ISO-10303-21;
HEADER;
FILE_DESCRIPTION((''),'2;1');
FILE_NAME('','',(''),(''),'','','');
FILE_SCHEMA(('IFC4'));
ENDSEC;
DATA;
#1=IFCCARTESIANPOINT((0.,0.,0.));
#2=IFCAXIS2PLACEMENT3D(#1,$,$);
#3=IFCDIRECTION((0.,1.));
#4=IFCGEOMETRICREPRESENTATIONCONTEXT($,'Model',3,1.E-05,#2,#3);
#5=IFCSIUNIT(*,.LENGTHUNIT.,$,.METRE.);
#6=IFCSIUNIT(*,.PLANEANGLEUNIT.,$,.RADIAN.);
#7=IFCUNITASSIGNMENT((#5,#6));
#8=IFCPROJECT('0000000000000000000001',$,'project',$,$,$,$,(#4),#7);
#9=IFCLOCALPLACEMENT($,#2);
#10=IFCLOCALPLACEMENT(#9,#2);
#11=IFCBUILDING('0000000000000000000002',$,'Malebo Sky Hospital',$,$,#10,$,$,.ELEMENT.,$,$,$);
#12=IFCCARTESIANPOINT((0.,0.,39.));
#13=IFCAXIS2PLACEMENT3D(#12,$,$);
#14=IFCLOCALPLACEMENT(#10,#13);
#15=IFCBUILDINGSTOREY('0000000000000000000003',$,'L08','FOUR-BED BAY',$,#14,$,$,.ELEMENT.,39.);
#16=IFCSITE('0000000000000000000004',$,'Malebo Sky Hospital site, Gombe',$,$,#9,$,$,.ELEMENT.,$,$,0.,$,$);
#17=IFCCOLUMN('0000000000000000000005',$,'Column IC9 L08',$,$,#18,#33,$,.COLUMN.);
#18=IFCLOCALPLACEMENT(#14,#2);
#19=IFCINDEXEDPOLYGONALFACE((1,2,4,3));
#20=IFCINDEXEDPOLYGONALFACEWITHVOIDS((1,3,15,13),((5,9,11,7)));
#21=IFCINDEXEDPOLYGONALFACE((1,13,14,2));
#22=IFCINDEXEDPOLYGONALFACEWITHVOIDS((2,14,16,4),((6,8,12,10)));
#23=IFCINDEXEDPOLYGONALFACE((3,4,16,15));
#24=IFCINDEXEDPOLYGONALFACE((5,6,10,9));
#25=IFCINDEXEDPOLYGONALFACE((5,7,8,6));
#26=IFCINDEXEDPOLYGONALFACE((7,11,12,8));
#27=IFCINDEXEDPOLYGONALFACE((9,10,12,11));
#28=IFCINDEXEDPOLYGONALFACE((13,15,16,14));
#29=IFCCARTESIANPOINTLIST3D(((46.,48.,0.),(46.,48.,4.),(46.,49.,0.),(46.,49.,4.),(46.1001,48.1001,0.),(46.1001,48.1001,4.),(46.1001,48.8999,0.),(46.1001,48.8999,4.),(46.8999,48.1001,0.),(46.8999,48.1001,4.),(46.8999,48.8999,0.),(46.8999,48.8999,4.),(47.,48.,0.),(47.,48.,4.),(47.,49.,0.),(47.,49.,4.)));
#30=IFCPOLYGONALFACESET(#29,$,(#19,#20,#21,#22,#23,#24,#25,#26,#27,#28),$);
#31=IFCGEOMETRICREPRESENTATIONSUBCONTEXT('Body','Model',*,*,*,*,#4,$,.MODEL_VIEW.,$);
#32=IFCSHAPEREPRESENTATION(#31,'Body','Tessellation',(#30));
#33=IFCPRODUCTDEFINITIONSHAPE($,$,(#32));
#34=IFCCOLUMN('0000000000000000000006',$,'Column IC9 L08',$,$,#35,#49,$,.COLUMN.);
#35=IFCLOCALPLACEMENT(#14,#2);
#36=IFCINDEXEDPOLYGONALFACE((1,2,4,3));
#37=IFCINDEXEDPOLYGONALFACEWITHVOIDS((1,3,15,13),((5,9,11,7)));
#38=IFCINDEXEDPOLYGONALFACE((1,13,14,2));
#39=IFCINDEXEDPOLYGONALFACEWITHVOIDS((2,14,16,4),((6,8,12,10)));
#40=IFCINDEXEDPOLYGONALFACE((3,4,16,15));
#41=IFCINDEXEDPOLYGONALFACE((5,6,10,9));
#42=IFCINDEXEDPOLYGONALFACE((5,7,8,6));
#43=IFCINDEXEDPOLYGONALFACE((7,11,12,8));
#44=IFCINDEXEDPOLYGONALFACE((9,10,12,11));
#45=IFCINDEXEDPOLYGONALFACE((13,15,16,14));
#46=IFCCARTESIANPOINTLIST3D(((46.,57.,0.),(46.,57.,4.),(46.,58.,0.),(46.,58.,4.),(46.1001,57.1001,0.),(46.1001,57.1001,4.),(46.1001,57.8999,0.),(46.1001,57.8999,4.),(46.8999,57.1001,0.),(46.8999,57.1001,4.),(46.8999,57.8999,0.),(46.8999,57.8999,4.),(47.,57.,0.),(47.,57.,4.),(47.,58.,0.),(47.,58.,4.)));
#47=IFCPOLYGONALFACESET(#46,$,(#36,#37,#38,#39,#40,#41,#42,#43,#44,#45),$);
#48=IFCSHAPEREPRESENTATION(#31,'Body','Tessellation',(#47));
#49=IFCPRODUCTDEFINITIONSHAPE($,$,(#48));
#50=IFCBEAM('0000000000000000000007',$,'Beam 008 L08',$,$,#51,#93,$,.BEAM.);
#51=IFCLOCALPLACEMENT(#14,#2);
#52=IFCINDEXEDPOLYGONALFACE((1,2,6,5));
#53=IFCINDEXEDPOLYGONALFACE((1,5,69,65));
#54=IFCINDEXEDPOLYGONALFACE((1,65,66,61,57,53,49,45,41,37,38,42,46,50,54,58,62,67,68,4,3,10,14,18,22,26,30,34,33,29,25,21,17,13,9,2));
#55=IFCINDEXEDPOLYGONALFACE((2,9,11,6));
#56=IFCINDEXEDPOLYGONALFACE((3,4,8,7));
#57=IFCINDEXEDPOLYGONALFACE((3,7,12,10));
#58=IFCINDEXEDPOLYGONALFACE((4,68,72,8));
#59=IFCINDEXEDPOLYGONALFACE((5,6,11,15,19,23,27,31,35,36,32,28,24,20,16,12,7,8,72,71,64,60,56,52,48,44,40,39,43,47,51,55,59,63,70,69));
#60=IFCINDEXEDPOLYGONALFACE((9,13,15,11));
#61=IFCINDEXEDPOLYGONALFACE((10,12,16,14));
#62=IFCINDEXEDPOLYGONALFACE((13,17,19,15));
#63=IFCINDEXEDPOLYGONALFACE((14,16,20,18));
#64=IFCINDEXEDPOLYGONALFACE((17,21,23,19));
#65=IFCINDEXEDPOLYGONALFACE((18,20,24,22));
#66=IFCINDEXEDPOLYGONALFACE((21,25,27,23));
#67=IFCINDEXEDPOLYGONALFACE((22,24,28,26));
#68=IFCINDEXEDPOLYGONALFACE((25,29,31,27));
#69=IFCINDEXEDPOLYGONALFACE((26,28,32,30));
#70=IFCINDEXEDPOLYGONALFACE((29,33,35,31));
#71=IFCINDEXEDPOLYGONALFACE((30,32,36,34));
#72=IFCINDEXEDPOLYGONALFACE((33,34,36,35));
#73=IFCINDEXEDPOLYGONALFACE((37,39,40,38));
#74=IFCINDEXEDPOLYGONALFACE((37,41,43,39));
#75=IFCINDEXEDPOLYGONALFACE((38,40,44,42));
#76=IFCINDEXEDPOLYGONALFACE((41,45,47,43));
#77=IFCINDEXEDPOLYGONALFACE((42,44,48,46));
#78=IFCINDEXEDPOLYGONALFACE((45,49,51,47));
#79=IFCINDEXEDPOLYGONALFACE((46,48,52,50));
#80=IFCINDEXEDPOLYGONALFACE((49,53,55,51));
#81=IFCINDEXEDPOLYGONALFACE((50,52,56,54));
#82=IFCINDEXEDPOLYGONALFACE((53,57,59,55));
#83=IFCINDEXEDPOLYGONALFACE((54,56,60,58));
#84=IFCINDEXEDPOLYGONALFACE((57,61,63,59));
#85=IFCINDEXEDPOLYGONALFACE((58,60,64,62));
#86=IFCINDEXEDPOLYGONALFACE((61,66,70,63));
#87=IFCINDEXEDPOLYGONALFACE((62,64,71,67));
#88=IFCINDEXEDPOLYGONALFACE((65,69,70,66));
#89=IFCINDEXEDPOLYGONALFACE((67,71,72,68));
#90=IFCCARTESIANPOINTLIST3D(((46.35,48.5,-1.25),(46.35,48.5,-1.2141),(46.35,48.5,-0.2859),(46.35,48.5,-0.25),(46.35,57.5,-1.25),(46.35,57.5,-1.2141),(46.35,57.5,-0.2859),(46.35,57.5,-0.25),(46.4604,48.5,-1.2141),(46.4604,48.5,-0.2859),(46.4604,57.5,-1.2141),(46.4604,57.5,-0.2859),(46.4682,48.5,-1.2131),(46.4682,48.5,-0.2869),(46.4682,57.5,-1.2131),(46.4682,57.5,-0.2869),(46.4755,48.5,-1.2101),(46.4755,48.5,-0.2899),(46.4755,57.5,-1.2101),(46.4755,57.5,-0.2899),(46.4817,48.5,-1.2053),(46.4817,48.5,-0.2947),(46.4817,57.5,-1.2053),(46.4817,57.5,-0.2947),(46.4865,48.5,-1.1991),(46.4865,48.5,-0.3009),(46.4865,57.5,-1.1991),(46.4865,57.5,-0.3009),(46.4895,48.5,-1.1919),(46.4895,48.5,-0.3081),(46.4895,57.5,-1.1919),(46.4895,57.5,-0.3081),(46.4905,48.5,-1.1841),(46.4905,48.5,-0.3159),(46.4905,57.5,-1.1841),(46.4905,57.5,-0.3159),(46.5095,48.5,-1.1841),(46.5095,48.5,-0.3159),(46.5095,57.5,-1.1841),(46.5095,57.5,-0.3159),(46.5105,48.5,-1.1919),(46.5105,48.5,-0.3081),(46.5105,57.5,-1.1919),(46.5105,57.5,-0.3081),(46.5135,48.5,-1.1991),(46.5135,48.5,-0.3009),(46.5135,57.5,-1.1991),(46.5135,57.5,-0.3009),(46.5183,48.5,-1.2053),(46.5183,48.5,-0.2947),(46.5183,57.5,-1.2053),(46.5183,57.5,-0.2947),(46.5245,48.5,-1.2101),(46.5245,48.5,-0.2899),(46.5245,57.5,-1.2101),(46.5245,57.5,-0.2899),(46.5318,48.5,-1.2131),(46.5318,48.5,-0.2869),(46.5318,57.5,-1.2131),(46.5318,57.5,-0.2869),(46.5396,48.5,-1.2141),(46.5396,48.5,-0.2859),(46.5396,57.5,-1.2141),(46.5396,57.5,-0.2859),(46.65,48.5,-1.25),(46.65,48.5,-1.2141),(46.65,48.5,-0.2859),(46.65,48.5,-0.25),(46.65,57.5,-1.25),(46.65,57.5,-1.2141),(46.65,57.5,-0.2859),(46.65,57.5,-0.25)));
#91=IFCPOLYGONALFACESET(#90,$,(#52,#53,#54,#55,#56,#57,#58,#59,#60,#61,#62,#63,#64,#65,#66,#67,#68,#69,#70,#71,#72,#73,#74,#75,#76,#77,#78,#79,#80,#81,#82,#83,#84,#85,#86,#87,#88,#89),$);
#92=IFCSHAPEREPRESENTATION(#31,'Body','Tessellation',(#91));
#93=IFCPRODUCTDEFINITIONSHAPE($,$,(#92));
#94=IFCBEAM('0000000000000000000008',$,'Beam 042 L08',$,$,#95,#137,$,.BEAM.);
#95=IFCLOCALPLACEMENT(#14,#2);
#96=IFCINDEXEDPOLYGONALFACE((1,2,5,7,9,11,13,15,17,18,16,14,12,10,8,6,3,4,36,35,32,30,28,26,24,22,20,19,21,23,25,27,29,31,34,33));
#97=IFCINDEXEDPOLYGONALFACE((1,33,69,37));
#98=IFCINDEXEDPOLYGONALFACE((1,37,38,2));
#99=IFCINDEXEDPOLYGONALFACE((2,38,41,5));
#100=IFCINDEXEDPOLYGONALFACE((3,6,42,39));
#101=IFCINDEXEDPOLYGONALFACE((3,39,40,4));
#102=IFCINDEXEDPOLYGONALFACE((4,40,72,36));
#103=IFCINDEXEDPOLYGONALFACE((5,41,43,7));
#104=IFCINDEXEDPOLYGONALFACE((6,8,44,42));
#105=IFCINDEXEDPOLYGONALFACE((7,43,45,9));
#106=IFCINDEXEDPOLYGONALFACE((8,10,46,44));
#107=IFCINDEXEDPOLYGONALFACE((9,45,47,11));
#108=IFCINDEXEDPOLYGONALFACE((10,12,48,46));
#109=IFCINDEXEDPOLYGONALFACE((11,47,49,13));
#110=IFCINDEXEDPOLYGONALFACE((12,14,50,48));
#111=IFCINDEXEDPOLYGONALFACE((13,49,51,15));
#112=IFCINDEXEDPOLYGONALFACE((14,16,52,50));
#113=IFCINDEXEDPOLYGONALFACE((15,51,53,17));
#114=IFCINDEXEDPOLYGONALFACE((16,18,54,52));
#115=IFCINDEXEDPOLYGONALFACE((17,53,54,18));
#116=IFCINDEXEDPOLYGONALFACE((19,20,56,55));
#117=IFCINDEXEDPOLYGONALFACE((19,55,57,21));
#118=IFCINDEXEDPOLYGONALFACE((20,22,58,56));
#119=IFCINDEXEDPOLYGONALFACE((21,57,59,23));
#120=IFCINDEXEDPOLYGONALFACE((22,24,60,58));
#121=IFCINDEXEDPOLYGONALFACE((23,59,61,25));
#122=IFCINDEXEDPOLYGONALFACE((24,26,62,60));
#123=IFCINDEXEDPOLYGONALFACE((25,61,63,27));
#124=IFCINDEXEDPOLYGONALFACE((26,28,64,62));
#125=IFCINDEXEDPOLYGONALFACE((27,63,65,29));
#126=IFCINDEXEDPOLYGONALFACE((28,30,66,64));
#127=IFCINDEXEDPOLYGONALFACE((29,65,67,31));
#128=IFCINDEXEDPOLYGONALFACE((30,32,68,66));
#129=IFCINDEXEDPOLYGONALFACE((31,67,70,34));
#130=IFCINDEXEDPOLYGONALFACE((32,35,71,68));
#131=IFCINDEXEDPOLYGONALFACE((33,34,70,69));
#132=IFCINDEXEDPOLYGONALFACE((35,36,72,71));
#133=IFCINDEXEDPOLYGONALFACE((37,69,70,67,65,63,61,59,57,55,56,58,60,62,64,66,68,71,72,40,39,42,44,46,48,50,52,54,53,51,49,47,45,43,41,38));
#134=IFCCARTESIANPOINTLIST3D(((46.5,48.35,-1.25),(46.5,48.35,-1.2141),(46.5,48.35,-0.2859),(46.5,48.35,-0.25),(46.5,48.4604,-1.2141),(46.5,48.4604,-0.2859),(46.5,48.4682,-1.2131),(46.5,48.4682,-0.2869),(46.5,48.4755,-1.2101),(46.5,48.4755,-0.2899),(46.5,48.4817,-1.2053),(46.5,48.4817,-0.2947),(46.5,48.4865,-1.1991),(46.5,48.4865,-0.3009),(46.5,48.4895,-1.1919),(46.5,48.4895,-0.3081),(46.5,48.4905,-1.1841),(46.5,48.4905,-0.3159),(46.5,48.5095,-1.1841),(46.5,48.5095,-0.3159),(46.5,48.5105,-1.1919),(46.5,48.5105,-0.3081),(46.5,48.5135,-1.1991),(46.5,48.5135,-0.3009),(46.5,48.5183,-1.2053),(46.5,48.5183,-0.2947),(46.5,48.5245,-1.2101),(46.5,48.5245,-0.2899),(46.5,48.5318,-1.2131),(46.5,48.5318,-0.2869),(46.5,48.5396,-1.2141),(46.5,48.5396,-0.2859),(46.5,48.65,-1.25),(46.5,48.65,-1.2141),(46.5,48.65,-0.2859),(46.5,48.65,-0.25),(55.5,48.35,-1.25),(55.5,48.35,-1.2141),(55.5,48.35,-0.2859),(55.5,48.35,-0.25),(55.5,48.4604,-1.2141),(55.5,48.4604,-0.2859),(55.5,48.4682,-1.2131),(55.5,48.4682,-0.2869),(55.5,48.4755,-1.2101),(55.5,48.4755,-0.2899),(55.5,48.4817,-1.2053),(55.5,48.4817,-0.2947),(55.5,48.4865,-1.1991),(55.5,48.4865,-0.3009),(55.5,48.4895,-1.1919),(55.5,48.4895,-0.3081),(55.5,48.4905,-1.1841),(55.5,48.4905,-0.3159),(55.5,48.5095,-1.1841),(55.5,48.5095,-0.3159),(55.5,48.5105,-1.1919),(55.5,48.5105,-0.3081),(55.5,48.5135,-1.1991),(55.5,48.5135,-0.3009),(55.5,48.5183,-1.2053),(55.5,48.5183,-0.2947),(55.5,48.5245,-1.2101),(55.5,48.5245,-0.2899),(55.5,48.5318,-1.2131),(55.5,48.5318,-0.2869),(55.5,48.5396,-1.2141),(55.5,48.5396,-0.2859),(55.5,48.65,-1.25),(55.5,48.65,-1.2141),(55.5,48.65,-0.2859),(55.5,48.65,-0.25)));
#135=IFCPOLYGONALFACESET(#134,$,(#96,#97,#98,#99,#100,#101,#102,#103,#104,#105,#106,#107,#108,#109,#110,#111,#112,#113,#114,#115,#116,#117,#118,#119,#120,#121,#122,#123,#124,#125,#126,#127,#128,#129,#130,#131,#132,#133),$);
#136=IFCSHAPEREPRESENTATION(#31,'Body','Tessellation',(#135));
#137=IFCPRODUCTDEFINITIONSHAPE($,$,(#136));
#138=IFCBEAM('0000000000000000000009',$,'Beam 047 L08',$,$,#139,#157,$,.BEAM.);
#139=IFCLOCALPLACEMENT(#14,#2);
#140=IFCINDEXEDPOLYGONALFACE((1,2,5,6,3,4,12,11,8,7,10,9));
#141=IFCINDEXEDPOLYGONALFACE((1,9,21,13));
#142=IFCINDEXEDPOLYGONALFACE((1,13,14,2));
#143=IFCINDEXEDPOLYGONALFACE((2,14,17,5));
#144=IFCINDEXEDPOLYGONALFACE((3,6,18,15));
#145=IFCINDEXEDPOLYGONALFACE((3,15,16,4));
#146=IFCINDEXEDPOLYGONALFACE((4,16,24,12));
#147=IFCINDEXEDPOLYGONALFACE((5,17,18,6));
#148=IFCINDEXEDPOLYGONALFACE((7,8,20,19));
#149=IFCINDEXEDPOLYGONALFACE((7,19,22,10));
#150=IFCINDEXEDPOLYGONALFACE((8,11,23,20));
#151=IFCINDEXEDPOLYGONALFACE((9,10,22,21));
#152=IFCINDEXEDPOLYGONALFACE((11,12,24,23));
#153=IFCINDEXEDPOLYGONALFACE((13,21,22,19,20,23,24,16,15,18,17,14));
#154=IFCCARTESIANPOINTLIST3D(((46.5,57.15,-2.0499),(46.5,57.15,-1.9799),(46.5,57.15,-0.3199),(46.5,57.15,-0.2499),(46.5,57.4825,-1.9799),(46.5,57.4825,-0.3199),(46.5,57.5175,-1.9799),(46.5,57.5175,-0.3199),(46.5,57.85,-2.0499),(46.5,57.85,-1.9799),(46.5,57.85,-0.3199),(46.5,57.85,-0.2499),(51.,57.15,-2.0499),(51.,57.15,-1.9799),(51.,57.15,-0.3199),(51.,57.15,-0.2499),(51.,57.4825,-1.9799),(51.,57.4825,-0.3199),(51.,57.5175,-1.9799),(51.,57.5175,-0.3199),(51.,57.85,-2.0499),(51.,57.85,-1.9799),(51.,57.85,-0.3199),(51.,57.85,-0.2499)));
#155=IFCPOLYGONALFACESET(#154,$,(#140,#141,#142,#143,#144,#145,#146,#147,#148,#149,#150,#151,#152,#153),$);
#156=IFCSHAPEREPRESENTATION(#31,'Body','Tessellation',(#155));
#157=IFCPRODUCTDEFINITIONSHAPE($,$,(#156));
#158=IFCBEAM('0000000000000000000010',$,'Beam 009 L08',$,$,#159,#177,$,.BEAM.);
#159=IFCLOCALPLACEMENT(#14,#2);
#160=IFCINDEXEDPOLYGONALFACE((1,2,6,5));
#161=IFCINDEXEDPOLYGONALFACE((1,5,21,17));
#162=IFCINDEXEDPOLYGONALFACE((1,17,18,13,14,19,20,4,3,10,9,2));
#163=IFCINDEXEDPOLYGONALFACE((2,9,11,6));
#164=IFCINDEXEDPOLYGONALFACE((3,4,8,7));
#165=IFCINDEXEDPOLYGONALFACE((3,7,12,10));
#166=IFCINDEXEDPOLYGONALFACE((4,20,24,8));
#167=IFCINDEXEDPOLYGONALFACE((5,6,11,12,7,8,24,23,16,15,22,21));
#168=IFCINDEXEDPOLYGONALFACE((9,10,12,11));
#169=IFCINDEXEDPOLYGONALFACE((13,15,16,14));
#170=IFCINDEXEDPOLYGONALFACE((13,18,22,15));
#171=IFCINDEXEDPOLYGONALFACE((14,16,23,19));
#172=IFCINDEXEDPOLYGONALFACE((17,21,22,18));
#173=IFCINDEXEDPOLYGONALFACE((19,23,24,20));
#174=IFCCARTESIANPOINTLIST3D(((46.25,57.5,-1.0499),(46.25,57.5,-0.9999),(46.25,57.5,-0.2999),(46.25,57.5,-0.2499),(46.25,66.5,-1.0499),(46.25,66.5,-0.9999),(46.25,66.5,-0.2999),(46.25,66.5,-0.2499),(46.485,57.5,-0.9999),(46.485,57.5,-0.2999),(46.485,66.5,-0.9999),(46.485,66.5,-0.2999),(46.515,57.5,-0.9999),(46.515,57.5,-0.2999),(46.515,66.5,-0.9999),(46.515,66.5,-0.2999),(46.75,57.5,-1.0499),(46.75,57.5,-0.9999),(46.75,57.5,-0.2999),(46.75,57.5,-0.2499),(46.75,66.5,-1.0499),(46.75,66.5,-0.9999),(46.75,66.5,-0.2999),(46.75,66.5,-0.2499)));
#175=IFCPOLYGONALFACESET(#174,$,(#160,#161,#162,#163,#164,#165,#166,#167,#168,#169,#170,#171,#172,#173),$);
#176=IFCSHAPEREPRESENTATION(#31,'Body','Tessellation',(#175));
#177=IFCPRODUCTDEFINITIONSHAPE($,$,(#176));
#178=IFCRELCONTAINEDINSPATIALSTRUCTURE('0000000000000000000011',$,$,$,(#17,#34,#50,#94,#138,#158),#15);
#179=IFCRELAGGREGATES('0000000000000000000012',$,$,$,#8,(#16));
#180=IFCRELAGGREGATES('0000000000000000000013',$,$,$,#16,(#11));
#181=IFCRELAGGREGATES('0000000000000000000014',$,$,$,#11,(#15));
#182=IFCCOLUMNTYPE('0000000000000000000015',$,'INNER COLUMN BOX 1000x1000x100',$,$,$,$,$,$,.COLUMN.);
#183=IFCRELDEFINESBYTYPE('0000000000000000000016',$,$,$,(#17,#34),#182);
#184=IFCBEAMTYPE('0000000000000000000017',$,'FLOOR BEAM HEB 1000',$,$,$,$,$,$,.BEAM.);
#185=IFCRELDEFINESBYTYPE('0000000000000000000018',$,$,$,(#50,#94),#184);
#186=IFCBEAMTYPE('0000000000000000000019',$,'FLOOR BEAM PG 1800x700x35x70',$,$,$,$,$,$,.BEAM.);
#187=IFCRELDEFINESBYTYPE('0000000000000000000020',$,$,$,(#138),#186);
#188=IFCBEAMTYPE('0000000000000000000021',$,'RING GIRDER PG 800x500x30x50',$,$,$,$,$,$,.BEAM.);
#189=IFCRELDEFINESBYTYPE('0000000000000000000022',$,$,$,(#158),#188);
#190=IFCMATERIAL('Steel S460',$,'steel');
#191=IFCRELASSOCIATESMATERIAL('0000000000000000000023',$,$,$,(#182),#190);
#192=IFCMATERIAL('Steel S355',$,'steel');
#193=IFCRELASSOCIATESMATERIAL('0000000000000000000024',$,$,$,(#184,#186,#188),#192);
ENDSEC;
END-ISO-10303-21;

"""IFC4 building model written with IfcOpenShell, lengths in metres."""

from ifc_helpers import new_model, si_unit, direction, frame, origin, origin_2d, place, context, subcontext, project, spatial, hollow_rectangle, i_section, extrude, material, material_profile, profile_set, type_object, element, save


model = new_model("IFC4")

# Units and contexts
model_context = context("Model", 3, precision=1e-05, world=origin(), true_north=direction((0.0, 1.0)))
body_context = subcontext(model_context, "Body", "Model", "MODEL_VIEW")
ifc_project = project(units=[si_unit("LENGTHUNIT", "METRE"), si_unit("PLANEANGLEUNIT", "RADIAN")], contexts=[model_context])

# Site, building, storey
site_placement = place(None, origin())
site = spatial("IfcSite", under=ifc_project, at=site_placement, Name="Malebo Sky Hospital site, Gombe", CompositionType="ELEMENT", RefElevation=0.0)
building_placement = place(site_placement, origin())
building = spatial("IfcBuilding", under=site, at=building_placement, Name="Malebo Sky Hospital", CompositionType="ELEMENT")
storey_placement = place(building_placement, frame((0.0, 0.0, 39.0)))
storey = spatial("IfcBuildingStorey", under=building, at=storey_placement, Name="L08", Description="FOUR-BED BAY", CompositionType="ELEMENT", Elevation=39.0)

# Columns
ifc_material_1 = material(Name="Steel S460", Category="steel")
ifc_material_profile_1 = material_profile(ifc_material_1, hollow_rectangle(XDim=1.0, YDim=1.0, WallThickness=0.1001, at=origin_2d()), Name="BOX 1000x1000x100")
ifc_profile_set_1 = profile_set([ifc_material_profile_1], Name="Steel S460")
column_type = type_object("IfcColumnType", Name="INNER COLUMN BOX 1000x1000x100", PredefinedType="COLUMN", material=ifc_profile_set_1)
for number, where, z_axis, x_axis, name in (
    (1, (46.5, 48.5, 0.0), (0.0, 0.0, 1.0), (1.0, 0.0, 0.0), "Column IC9 L08"),
    (2, (46.5, 57.5, 0.0), (0.0, 0.0, 1.0), (1.0, 0.0, 0.0), "Column IC9 L08"),
):
    element("IfcColumn", number, at=place(storey_placement, frame(where, z_axis=z_axis, x_axis=x_axis)), inside=storey, type_object=column_type, Name=name, PredefinedType="COLUMN", context=body_context, shape_type="SweptSolid", body=[
        extrude(hollow_rectangle(XDim=1.0, YDim=1.0, WallThickness=0.1001, at=origin_2d()), origin(), (0.0, 0.0, 1.0), 4.0),
    ])

# Beams
ifc_material_2 = material(Name="Steel S355", Category="steel")
ifc_material_profile_2 = material_profile(ifc_material_2, i_section(OverallWidth=0.3, OverallDepth=1.0, WebThickness=0.019, FlangeThickness=0.0359, FilletRadius=0.03, at=origin_2d()), Name="HEB 1000")
ifc_profile_set_2 = profile_set([ifc_material_profile_2], Name="Steel S355")
beam_type_1 = type_object("IfcBeamType", Name="FLOOR BEAM HEB 1000", PredefinedType="BEAM", material=ifc_profile_set_2)
for number, where, z_axis, x_axis, name in (
    (3, (46.5, 48.5, -0.75), (0.0, 1.0, 0.0), (-1.0, 0.0, 0.0), "Beam 008 L08"),
    (4, (46.5, 48.5, -0.75), (1.0, 0.0, 0.0), (0.0, 1.0, 0.0), "Beam 042 L08"),
):
    element("IfcBeam", number, at=place(storey_placement, frame(where, z_axis=z_axis, x_axis=x_axis)), inside=storey, type_object=beam_type_1, Name=name, PredefinedType="BEAM", context=body_context, shape_type="SweptSolid", body=[
        extrude(i_section(OverallWidth=0.3, OverallDepth=1.0, WebThickness=0.019, FlangeThickness=0.0359, FilletRadius=0.03, at=origin_2d()), origin(), (0.0, 0.0, 1.0), 9.0),
    ])
ifc_material_profile_3 = material_profile(ifc_material_2, i_section(OverallWidth=0.7, OverallDepth=1.8, WebThickness=0.0349, FlangeThickness=0.0701, at=origin_2d()), Name="PG 1800x700x35x70")
ifc_profile_set_3 = profile_set([ifc_material_profile_3], Name="Steel S355")
beam_type_2 = type_object("IfcBeamType", Name="FLOOR BEAM PG 1800x700x35x70", PredefinedType="BEAM", material=ifc_profile_set_3)
beam_1_placement = place(storey_placement, frame((46.5, 57.5, -1.1499), z_axis=(1.0, 0.0, 0.0), x_axis=(0.0, 1.0, 0.0)))
element("IfcBeam", 5, at=beam_1_placement, inside=storey, type_object=beam_type_2, Name="Beam 047 L08", PredefinedType="BEAM", context=body_context, shape_type="SweptSolid", body=[
    extrude(i_section(OverallWidth=0.7, OverallDepth=1.8, WebThickness=0.0349, FlangeThickness=0.0701, at=origin_2d()), origin(), (0.0, 0.0, 1.0), 4.5),
])
ifc_material_profile_4 = material_profile(ifc_material_2, i_section(OverallWidth=0.5, OverallDepth=0.8, WebThickness=0.03, FlangeThickness=0.05, at=origin_2d()), Name="PG 800x500x30x50")
ifc_profile_set_4 = profile_set([ifc_material_profile_4], Name="Steel S355")
beam_type_3 = type_object("IfcBeamType", Name="RING GIRDER PG 800x500x30x50", PredefinedType="BEAM", material=ifc_profile_set_4)
beam_2_placement = place(storey_placement, frame((46.5, 57.5, -0.6499), z_axis=(0.0, 1.0, 0.0), x_axis=(-1.0, 0.0, 0.0)))
element("IfcBeam", 6, at=beam_2_placement, inside=storey, type_object=beam_type_3, Name="Beam 009 L08", PredefinedType="BEAM", context=body_context, shape_type="SweptSolid", body=[
    extrude(i_section(OverallWidth=0.5, OverallDepth=0.8, WebThickness=0.03, FlangeThickness=0.05, at=origin_2d()), origin(), (0.0, 0.0, 1.0), 9.0),
])

save(model, "model.ifc")
